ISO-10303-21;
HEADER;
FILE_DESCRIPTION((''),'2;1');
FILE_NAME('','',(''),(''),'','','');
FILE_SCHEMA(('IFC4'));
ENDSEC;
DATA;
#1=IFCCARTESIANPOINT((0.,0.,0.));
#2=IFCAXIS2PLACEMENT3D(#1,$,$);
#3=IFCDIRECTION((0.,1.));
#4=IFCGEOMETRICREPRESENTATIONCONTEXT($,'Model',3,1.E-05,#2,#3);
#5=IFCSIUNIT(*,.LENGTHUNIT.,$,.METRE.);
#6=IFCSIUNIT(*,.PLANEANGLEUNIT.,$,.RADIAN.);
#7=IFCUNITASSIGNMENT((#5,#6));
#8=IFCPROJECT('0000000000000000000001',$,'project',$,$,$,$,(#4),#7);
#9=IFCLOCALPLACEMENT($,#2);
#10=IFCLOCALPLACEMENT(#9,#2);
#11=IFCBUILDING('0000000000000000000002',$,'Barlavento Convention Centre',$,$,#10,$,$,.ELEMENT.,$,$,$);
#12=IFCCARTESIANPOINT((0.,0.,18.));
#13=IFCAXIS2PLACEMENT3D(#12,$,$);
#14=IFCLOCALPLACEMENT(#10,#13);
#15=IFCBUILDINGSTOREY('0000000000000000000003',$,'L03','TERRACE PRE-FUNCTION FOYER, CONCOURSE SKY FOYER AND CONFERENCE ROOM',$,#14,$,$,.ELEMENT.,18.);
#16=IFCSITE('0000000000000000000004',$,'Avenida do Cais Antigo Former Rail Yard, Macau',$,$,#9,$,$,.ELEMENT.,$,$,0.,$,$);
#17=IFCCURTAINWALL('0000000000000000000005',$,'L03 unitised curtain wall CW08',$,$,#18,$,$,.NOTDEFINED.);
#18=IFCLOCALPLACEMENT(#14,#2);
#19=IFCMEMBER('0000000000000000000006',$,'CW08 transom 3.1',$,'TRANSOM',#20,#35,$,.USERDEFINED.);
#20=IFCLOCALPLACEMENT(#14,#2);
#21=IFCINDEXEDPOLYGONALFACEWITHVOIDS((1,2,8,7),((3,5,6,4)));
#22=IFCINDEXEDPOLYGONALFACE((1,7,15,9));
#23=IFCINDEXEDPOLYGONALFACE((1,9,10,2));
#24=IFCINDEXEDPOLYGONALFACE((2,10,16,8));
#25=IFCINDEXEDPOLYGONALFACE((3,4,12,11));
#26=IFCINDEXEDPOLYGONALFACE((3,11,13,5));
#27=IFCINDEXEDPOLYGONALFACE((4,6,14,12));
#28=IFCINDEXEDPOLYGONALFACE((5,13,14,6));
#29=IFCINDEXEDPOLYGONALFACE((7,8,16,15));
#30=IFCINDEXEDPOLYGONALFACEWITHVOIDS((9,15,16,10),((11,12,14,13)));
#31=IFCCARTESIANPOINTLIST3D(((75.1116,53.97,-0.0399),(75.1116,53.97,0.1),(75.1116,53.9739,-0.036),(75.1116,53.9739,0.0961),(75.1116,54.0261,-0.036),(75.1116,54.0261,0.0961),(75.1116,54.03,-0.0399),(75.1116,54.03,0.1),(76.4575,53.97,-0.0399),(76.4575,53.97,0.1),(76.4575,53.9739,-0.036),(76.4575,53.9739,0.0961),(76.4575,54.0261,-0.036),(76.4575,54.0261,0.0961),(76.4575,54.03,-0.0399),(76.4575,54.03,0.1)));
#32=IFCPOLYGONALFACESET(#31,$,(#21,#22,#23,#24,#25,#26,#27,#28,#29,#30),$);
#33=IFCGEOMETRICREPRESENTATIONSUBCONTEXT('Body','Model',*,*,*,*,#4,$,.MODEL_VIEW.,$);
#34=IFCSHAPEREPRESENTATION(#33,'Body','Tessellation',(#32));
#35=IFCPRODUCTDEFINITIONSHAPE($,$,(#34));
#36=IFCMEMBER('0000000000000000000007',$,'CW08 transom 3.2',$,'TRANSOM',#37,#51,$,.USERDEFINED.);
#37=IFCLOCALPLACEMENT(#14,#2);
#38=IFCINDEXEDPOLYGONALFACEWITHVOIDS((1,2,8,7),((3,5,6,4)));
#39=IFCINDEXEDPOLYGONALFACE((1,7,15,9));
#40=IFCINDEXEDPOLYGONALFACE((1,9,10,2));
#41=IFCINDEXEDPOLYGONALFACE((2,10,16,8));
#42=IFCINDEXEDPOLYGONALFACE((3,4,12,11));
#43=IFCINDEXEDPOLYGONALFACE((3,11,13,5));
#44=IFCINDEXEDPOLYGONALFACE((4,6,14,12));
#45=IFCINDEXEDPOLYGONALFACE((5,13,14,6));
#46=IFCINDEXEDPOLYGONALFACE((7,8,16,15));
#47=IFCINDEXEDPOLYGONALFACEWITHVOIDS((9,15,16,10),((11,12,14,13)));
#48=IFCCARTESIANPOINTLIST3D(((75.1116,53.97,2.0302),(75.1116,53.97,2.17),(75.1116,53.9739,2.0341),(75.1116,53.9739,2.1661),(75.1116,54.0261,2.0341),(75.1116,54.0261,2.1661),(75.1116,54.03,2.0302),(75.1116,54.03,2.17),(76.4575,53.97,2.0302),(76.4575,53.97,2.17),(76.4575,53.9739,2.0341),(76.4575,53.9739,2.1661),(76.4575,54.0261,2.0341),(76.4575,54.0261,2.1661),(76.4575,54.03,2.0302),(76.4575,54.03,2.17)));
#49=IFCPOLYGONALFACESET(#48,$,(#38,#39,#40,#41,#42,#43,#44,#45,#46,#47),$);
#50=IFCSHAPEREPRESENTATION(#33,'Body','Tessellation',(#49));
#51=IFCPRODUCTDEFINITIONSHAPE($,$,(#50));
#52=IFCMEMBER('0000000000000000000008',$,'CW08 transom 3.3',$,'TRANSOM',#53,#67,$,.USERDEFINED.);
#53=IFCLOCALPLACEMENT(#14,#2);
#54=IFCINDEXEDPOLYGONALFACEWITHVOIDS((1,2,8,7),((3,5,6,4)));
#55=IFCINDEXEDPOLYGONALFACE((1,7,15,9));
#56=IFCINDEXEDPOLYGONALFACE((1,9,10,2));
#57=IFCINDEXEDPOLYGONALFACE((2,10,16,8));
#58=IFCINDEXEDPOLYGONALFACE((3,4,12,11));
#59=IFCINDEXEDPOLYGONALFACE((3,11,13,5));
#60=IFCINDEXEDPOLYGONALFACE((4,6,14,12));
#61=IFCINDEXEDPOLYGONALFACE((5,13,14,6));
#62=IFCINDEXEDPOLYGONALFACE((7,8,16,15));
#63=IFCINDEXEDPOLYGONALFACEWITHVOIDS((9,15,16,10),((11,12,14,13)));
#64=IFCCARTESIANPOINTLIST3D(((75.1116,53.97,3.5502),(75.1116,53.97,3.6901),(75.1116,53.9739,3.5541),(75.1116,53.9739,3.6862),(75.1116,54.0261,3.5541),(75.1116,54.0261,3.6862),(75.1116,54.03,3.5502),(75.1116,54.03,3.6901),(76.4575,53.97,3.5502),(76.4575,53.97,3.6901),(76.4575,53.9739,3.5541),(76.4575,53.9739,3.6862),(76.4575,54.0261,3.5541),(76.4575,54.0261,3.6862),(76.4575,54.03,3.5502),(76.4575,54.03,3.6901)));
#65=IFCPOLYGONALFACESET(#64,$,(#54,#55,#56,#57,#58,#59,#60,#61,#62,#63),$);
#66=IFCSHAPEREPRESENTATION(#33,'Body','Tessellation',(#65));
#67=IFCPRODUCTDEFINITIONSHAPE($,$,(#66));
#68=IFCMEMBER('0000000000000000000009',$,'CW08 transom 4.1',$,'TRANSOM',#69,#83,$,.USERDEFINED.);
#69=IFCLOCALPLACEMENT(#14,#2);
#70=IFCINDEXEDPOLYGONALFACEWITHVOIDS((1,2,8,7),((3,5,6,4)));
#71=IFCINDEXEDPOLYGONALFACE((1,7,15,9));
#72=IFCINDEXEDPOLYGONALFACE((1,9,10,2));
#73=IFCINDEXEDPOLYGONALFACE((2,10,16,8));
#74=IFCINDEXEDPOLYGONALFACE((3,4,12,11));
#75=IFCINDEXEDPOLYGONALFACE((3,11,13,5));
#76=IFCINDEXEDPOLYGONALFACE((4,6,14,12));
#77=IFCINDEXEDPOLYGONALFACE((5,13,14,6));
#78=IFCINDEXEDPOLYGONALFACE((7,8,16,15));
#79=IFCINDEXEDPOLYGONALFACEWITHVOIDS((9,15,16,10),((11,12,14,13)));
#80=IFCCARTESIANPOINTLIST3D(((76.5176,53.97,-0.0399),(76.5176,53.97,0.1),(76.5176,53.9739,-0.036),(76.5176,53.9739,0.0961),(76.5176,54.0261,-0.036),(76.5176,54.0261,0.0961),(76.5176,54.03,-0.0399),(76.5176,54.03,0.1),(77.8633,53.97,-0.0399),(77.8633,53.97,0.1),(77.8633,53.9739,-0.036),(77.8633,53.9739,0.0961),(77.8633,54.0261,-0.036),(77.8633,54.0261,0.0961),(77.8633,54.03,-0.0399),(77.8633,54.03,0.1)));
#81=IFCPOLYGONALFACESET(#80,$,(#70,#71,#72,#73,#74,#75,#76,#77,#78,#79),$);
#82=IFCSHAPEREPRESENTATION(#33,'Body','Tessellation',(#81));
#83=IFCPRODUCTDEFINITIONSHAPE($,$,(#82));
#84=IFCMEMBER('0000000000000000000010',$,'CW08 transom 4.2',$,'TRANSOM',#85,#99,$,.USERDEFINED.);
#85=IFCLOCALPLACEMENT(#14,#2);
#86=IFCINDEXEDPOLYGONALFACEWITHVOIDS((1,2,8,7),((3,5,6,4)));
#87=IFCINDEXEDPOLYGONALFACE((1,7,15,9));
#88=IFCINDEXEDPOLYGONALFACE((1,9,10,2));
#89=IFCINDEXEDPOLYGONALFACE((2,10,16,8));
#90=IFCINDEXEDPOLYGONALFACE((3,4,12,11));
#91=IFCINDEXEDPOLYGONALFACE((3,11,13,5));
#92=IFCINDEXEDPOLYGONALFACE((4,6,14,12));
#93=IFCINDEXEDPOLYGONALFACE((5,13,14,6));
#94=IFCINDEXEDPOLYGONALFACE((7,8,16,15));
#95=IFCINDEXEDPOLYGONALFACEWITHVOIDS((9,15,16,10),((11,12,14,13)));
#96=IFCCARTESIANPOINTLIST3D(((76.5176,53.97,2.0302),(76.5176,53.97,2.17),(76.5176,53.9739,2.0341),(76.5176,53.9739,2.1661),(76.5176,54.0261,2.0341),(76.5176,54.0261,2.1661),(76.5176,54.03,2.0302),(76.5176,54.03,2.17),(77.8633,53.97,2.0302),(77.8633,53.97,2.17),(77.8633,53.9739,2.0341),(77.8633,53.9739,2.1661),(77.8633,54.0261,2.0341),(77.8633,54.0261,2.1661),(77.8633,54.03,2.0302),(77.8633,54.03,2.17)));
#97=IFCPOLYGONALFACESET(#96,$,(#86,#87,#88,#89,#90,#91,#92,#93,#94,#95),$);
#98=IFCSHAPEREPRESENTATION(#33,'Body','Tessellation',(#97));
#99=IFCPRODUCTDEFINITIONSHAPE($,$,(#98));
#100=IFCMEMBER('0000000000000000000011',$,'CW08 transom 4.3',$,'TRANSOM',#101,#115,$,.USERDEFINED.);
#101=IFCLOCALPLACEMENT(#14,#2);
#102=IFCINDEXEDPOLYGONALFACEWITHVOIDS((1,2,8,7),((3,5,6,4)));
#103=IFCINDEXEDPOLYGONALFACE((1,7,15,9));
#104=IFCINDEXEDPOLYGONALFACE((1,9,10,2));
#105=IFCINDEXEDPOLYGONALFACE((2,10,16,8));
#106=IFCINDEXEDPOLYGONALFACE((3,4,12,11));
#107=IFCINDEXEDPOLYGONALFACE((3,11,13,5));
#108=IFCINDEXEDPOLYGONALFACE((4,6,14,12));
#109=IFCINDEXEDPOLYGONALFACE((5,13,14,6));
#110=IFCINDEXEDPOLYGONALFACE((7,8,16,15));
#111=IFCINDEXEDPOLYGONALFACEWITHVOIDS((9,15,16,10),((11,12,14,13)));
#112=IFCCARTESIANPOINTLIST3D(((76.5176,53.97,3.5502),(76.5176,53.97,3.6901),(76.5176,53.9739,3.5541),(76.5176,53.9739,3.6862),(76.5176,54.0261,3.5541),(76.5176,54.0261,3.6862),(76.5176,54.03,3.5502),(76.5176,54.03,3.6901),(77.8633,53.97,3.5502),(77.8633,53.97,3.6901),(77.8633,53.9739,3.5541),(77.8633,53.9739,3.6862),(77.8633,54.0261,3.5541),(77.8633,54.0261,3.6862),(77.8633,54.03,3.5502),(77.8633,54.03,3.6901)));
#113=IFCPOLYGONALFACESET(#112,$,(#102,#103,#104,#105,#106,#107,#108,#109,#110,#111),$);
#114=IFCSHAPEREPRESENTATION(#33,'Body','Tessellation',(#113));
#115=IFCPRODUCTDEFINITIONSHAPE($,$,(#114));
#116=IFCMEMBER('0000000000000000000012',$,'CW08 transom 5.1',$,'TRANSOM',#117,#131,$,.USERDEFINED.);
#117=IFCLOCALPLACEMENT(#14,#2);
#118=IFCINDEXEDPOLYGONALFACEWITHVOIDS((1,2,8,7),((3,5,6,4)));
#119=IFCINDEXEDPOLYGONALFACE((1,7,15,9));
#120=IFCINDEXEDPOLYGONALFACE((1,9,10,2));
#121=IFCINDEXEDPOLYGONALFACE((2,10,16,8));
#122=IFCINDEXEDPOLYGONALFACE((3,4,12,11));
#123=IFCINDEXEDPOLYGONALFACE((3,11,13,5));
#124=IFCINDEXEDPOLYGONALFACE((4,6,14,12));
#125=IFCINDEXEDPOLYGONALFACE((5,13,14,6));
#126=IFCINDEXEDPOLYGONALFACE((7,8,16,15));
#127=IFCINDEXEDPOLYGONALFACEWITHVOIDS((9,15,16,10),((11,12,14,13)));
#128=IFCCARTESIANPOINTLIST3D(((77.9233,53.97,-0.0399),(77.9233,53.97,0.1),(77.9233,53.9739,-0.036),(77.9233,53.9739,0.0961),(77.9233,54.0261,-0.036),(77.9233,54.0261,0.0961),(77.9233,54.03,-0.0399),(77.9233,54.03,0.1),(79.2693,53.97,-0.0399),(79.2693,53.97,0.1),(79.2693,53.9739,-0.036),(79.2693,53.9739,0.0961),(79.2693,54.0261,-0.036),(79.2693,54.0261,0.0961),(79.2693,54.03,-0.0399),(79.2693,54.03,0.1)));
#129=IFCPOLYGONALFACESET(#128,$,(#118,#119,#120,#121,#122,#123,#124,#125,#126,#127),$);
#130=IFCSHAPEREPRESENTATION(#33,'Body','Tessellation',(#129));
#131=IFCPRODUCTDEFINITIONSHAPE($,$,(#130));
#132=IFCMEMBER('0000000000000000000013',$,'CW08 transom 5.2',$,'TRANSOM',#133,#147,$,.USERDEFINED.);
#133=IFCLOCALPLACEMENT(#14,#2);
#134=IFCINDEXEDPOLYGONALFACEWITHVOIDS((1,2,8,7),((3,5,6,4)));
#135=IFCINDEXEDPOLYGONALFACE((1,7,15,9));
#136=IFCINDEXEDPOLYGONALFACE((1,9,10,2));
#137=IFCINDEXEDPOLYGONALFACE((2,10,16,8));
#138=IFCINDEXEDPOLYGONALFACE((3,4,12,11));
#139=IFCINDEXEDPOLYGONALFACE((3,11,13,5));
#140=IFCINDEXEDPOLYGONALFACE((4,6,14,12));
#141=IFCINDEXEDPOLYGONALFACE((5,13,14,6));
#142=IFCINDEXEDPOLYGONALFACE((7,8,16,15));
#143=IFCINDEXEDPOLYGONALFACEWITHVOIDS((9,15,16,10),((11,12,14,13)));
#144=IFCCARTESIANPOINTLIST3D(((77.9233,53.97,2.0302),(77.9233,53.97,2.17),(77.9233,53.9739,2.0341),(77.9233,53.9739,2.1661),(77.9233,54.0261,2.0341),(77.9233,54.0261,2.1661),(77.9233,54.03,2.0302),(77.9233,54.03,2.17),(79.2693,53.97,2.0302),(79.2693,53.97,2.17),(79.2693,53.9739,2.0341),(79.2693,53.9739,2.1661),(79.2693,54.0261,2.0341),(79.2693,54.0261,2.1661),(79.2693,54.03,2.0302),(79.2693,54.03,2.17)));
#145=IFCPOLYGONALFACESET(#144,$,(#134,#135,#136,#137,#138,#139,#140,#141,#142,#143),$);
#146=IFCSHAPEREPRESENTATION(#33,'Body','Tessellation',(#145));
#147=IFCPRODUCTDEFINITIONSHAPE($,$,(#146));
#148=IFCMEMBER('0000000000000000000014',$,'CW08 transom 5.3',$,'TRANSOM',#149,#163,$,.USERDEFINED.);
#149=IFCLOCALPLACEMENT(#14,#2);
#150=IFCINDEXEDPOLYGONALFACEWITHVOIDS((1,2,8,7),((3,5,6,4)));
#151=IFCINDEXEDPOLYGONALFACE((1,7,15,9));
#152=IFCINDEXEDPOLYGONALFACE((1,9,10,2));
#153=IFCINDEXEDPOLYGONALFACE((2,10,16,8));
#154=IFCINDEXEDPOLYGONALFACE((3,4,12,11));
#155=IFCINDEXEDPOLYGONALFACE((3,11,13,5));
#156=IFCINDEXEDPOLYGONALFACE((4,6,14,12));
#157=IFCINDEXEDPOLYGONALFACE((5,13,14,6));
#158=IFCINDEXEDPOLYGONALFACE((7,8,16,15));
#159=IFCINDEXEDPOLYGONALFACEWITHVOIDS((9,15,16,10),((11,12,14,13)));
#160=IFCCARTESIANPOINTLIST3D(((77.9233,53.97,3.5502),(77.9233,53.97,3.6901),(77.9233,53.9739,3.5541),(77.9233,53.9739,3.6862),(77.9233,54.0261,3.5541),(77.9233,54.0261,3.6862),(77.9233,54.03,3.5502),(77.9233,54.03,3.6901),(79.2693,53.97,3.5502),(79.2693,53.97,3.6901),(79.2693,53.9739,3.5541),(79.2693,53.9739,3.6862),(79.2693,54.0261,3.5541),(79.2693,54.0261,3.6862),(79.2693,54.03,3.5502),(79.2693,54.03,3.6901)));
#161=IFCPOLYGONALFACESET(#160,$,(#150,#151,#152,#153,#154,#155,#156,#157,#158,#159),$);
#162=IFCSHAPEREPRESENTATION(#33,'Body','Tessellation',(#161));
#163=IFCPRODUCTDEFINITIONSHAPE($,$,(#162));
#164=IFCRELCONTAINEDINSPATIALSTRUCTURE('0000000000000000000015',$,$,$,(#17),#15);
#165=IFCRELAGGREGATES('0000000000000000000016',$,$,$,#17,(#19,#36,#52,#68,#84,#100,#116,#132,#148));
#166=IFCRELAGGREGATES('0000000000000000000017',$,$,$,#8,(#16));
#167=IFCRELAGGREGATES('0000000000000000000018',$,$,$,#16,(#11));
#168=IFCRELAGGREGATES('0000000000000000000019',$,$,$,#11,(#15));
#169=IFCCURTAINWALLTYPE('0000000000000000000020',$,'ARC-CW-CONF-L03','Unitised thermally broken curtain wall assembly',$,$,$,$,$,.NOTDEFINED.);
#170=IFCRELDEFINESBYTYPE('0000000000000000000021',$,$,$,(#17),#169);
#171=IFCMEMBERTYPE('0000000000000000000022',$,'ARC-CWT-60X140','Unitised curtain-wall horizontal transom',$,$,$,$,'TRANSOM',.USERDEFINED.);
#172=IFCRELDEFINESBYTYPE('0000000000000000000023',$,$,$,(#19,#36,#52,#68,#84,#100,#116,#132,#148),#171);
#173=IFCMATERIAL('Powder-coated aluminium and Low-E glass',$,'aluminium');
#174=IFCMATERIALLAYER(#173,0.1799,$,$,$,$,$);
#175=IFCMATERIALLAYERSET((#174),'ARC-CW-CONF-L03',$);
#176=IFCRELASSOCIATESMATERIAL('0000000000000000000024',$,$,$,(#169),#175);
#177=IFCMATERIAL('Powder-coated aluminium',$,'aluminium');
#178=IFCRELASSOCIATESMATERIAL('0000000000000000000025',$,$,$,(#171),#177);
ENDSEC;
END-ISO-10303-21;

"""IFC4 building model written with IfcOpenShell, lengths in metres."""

from ifc_helpers import new_model, si_unit, direction, frame, origin, origin_2d, place, context, subcontext, project, spatial, hollow_rectangle, extrude, material, layer, layer_set, material_profile, profile_set, type_object, element, aggregate, save


model = new_model("IFC4")

# Units and contexts
model_context = context("Model", 3, precision=1e-05, world=origin(), true_north=direction((0.0, 1.0)))
body_context = subcontext(model_context, "Body", "Model", "MODEL_VIEW")
ifc_project = project(units=[si_unit("LENGTHUNIT", "METRE"), si_unit("PLANEANGLEUNIT", "RADIAN")], contexts=[model_context])

# Site, building, storey
site_placement = place(None, origin())
site = spatial("IfcSite", under=ifc_project, at=site_placement, Name="Avenida do Cais Antigo Former Rail Yard, Macau", CompositionType="ELEMENT", RefElevation=0.0)
building_placement = place(site_placement, origin())
building = spatial("IfcBuilding", under=site, at=building_placement, Name="Barlavento Convention Centre", CompositionType="ELEMENT")
storey_placement = place(building_placement, frame((0.0, 0.0, 18.0)))
storey = spatial("IfcBuildingStorey", under=building, at=storey_placement, Name="L03", Description="TERRACE PRE-FUNCTION FOYER, CONCOURSE SKY FOYER AND CONFERENCE ROOM", CompositionType="ELEMENT", Elevation=18.0)

# Curtain wall, members
ifc_material_1 = material(Name="Powder-coated aluminium and Low-E glass", Category="aluminium")
ifc_layer_1 = layer(ifc_material_1, 0.1799)
ifc_layer_set_1 = layer_set([ifc_layer_1], Name="ARC-CW-CONF-L03")
curtain_wall_type = type_object("IfcCurtainWallType", Name="ARC-CW-CONF-L03", Description="Unitised thermally broken curtain wall assembly", PredefinedType="NOTDEFINED", material=ifc_layer_set_1)
curtain_wall_placement = place(storey_placement, origin())
curtain_wall = element("IfcCurtainWall", 1, at=curtain_wall_placement, inside=storey, type_object=curtain_wall_type, Name="L03 unitised curtain wall CW08", PredefinedType="NOTDEFINED")
ifc_material_2 = material(Name="Powder-coated aluminium", Category="aluminium")
ifc_material_profile_1 = material_profile(ifc_material_2, hollow_rectangle(XDim=0.0601, YDim=0.1399, WallThickness=0.0039, at=origin_2d()), Name="AL-TRAN 60x140x4")
ifc_profile_set_1 = profile_set([ifc_material_profile_1], Name="Powder-coated aluminium")
member_type_1 = type_object("IfcMemberType", Name="ARC-CWT-60X140", Description="Unitised curtain-wall horizontal transom", ElementType="TRANSOM", PredefinedType="USERDEFINED", material=ifc_profile_set_1)
member_1_placement = place(storey_placement, frame((75.1116, 54.0, 0.03), z_axis=(1.0, 0.0, 0.0), x_axis=(0.0, 1.0, 0.0)))
member_1 = element("IfcMember", 2, at=member_1_placement, type_object=member_type_1, Name="CW08 transom 3.1", ObjectType="TRANSOM", PredefinedType="USERDEFINED", context=body_context, shape_type="SweptSolid", body=[
    extrude(hollow_rectangle(XDim=0.0601, YDim=0.1399, WallThickness=0.0039, at=origin_2d()), origin(), (0.0, 0.0, 1.0), 1.3459),
])
member_2_placement = place(storey_placement, frame((75.1116, 54.0, 2.1001), z_axis=(1.0, 0.0, 0.0), x_axis=(0.0, 1.0, 0.0)))
member_2 = element("IfcMember", 3, at=member_2_placement, type_object=member_type_1, Name="CW08 transom 3.2", ObjectType="TRANSOM", PredefinedType="USERDEFINED", context=body_context, shape_type="SweptSolid", body=[
    extrude(hollow_rectangle(XDim=0.0601, YDim=0.1399, WallThickness=0.0039, at=origin_2d()), origin(), (0.0, 0.0, 1.0), 1.3459),
])
member_3_placement = place(storey_placement, frame((75.1116, 54.0, 3.6201), z_axis=(1.0, 0.0, 0.0), x_axis=(0.0, 1.0, 0.0)))
member_3 = element("IfcMember", 4, at=member_3_placement, type_object=member_type_1, Name="CW08 transom 3.3", ObjectType="TRANSOM", PredefinedType="USERDEFINED", context=body_context, shape_type="SweptSolid", body=[
    extrude(hollow_rectangle(XDim=0.0601, YDim=0.1399, WallThickness=0.0039, at=origin_2d()), origin(), (0.0, 0.0, 1.0), 1.3459),
])
member_4_placement = place(storey_placement, frame((76.5176, 54.0, 0.03), z_axis=(1.0, 0.0, 0.0), x_axis=(0.0, 1.0, 0.0)))
member_4 = element("IfcMember", 5, at=member_4_placement, type_object=member_type_1, Name="CW08 transom 4.1", ObjectType="TRANSOM", PredefinedType="USERDEFINED", context=body_context, shape_type="SweptSolid", body=[
    extrude(hollow_rectangle(XDim=0.0601, YDim=0.1399, WallThickness=0.0039, at=origin_2d()), origin(), (0.0, 0.0, 1.0), 1.3457),
])
member_5_placement = place(storey_placement, frame((76.5176, 54.0, 2.1001), z_axis=(1.0, 0.0, 0.0), x_axis=(0.0, 1.0, 0.0)))
member_5 = element("IfcMember", 6, at=member_5_placement, type_object=member_type_1, Name="CW08 transom 4.2", ObjectType="TRANSOM", PredefinedType="USERDEFINED", context=body_context, shape_type="SweptSolid", body=[
    extrude(hollow_rectangle(XDim=0.0601, YDim=0.1399, WallThickness=0.0039, at=origin_2d()), origin(), (0.0, 0.0, 1.0), 1.3457),
])
member_6_placement = place(storey_placement, frame((76.5176, 54.0, 3.6201), z_axis=(1.0, 0.0, 0.0), x_axis=(0.0, 1.0, 0.0)))
member_6 = element("IfcMember", 7, at=member_6_placement, type_object=member_type_1, Name="CW08 transom 4.3", ObjectType="TRANSOM", PredefinedType="USERDEFINED", context=body_context, shape_type="SweptSolid", body=[
    extrude(hollow_rectangle(XDim=0.0601, YDim=0.1399, WallThickness=0.0039, at=origin_2d()), origin(), (0.0, 0.0, 1.0), 1.3457),
])
member_7_placement = place(storey_placement, frame((77.9233, 54.0, 0.03), z_axis=(1.0, 0.0, 0.0), x_axis=(0.0, 1.0, 0.0)))
member_7 = element("IfcMember", 8, at=member_7_placement, type_object=member_type_1, Name="CW08 transom 5.1", ObjectType="TRANSOM", PredefinedType="USERDEFINED", context=body_context, shape_type="SweptSolid", body=[
    extrude(hollow_rectangle(XDim=0.0601, YDim=0.1399, WallThickness=0.0039, at=origin_2d()), origin(), (0.0, 0.0, 1.0), 1.3459),
])
member_8_placement = place(storey_placement, frame((77.9233, 54.0, 2.1001), z_axis=(1.0, 0.0, 0.0), x_axis=(0.0, 1.0, 0.0)))
member_8 = element("IfcMember", 9, at=member_8_placement, type_object=member_type_1, Name="CW08 transom 5.2", ObjectType="TRANSOM", PredefinedType="USERDEFINED", context=body_context, shape_type="SweptSolid", body=[
    extrude(hollow_rectangle(XDim=0.0601, YDim=0.1399, WallThickness=0.0039, at=origin_2d()), origin(), (0.0, 0.0, 1.0), 1.3459),
])
member_9_placement = place(storey_placement, frame((77.9233, 54.0, 3.6201), z_axis=(1.0, 0.0, 0.0), x_axis=(0.0, 1.0, 0.0)))
member_9 = element("IfcMember", 10, at=member_9_placement, type_object=member_type_1, Name="CW08 transom 5.3", ObjectType="TRANSOM", PredefinedType="USERDEFINED", context=body_context, shape_type="SweptSolid", body=[
    extrude(hollow_rectangle(XDim=0.0601, YDim=0.1399, WallThickness=0.0039, at=origin_2d()), origin(), (0.0, 0.0, 1.0), 1.3459),
])

aggregate(curtain_wall, [member_1, member_2, member_3, member_4, member_5, member_6, member_7, member_8, member_9])

save(model, "model.ifc")
